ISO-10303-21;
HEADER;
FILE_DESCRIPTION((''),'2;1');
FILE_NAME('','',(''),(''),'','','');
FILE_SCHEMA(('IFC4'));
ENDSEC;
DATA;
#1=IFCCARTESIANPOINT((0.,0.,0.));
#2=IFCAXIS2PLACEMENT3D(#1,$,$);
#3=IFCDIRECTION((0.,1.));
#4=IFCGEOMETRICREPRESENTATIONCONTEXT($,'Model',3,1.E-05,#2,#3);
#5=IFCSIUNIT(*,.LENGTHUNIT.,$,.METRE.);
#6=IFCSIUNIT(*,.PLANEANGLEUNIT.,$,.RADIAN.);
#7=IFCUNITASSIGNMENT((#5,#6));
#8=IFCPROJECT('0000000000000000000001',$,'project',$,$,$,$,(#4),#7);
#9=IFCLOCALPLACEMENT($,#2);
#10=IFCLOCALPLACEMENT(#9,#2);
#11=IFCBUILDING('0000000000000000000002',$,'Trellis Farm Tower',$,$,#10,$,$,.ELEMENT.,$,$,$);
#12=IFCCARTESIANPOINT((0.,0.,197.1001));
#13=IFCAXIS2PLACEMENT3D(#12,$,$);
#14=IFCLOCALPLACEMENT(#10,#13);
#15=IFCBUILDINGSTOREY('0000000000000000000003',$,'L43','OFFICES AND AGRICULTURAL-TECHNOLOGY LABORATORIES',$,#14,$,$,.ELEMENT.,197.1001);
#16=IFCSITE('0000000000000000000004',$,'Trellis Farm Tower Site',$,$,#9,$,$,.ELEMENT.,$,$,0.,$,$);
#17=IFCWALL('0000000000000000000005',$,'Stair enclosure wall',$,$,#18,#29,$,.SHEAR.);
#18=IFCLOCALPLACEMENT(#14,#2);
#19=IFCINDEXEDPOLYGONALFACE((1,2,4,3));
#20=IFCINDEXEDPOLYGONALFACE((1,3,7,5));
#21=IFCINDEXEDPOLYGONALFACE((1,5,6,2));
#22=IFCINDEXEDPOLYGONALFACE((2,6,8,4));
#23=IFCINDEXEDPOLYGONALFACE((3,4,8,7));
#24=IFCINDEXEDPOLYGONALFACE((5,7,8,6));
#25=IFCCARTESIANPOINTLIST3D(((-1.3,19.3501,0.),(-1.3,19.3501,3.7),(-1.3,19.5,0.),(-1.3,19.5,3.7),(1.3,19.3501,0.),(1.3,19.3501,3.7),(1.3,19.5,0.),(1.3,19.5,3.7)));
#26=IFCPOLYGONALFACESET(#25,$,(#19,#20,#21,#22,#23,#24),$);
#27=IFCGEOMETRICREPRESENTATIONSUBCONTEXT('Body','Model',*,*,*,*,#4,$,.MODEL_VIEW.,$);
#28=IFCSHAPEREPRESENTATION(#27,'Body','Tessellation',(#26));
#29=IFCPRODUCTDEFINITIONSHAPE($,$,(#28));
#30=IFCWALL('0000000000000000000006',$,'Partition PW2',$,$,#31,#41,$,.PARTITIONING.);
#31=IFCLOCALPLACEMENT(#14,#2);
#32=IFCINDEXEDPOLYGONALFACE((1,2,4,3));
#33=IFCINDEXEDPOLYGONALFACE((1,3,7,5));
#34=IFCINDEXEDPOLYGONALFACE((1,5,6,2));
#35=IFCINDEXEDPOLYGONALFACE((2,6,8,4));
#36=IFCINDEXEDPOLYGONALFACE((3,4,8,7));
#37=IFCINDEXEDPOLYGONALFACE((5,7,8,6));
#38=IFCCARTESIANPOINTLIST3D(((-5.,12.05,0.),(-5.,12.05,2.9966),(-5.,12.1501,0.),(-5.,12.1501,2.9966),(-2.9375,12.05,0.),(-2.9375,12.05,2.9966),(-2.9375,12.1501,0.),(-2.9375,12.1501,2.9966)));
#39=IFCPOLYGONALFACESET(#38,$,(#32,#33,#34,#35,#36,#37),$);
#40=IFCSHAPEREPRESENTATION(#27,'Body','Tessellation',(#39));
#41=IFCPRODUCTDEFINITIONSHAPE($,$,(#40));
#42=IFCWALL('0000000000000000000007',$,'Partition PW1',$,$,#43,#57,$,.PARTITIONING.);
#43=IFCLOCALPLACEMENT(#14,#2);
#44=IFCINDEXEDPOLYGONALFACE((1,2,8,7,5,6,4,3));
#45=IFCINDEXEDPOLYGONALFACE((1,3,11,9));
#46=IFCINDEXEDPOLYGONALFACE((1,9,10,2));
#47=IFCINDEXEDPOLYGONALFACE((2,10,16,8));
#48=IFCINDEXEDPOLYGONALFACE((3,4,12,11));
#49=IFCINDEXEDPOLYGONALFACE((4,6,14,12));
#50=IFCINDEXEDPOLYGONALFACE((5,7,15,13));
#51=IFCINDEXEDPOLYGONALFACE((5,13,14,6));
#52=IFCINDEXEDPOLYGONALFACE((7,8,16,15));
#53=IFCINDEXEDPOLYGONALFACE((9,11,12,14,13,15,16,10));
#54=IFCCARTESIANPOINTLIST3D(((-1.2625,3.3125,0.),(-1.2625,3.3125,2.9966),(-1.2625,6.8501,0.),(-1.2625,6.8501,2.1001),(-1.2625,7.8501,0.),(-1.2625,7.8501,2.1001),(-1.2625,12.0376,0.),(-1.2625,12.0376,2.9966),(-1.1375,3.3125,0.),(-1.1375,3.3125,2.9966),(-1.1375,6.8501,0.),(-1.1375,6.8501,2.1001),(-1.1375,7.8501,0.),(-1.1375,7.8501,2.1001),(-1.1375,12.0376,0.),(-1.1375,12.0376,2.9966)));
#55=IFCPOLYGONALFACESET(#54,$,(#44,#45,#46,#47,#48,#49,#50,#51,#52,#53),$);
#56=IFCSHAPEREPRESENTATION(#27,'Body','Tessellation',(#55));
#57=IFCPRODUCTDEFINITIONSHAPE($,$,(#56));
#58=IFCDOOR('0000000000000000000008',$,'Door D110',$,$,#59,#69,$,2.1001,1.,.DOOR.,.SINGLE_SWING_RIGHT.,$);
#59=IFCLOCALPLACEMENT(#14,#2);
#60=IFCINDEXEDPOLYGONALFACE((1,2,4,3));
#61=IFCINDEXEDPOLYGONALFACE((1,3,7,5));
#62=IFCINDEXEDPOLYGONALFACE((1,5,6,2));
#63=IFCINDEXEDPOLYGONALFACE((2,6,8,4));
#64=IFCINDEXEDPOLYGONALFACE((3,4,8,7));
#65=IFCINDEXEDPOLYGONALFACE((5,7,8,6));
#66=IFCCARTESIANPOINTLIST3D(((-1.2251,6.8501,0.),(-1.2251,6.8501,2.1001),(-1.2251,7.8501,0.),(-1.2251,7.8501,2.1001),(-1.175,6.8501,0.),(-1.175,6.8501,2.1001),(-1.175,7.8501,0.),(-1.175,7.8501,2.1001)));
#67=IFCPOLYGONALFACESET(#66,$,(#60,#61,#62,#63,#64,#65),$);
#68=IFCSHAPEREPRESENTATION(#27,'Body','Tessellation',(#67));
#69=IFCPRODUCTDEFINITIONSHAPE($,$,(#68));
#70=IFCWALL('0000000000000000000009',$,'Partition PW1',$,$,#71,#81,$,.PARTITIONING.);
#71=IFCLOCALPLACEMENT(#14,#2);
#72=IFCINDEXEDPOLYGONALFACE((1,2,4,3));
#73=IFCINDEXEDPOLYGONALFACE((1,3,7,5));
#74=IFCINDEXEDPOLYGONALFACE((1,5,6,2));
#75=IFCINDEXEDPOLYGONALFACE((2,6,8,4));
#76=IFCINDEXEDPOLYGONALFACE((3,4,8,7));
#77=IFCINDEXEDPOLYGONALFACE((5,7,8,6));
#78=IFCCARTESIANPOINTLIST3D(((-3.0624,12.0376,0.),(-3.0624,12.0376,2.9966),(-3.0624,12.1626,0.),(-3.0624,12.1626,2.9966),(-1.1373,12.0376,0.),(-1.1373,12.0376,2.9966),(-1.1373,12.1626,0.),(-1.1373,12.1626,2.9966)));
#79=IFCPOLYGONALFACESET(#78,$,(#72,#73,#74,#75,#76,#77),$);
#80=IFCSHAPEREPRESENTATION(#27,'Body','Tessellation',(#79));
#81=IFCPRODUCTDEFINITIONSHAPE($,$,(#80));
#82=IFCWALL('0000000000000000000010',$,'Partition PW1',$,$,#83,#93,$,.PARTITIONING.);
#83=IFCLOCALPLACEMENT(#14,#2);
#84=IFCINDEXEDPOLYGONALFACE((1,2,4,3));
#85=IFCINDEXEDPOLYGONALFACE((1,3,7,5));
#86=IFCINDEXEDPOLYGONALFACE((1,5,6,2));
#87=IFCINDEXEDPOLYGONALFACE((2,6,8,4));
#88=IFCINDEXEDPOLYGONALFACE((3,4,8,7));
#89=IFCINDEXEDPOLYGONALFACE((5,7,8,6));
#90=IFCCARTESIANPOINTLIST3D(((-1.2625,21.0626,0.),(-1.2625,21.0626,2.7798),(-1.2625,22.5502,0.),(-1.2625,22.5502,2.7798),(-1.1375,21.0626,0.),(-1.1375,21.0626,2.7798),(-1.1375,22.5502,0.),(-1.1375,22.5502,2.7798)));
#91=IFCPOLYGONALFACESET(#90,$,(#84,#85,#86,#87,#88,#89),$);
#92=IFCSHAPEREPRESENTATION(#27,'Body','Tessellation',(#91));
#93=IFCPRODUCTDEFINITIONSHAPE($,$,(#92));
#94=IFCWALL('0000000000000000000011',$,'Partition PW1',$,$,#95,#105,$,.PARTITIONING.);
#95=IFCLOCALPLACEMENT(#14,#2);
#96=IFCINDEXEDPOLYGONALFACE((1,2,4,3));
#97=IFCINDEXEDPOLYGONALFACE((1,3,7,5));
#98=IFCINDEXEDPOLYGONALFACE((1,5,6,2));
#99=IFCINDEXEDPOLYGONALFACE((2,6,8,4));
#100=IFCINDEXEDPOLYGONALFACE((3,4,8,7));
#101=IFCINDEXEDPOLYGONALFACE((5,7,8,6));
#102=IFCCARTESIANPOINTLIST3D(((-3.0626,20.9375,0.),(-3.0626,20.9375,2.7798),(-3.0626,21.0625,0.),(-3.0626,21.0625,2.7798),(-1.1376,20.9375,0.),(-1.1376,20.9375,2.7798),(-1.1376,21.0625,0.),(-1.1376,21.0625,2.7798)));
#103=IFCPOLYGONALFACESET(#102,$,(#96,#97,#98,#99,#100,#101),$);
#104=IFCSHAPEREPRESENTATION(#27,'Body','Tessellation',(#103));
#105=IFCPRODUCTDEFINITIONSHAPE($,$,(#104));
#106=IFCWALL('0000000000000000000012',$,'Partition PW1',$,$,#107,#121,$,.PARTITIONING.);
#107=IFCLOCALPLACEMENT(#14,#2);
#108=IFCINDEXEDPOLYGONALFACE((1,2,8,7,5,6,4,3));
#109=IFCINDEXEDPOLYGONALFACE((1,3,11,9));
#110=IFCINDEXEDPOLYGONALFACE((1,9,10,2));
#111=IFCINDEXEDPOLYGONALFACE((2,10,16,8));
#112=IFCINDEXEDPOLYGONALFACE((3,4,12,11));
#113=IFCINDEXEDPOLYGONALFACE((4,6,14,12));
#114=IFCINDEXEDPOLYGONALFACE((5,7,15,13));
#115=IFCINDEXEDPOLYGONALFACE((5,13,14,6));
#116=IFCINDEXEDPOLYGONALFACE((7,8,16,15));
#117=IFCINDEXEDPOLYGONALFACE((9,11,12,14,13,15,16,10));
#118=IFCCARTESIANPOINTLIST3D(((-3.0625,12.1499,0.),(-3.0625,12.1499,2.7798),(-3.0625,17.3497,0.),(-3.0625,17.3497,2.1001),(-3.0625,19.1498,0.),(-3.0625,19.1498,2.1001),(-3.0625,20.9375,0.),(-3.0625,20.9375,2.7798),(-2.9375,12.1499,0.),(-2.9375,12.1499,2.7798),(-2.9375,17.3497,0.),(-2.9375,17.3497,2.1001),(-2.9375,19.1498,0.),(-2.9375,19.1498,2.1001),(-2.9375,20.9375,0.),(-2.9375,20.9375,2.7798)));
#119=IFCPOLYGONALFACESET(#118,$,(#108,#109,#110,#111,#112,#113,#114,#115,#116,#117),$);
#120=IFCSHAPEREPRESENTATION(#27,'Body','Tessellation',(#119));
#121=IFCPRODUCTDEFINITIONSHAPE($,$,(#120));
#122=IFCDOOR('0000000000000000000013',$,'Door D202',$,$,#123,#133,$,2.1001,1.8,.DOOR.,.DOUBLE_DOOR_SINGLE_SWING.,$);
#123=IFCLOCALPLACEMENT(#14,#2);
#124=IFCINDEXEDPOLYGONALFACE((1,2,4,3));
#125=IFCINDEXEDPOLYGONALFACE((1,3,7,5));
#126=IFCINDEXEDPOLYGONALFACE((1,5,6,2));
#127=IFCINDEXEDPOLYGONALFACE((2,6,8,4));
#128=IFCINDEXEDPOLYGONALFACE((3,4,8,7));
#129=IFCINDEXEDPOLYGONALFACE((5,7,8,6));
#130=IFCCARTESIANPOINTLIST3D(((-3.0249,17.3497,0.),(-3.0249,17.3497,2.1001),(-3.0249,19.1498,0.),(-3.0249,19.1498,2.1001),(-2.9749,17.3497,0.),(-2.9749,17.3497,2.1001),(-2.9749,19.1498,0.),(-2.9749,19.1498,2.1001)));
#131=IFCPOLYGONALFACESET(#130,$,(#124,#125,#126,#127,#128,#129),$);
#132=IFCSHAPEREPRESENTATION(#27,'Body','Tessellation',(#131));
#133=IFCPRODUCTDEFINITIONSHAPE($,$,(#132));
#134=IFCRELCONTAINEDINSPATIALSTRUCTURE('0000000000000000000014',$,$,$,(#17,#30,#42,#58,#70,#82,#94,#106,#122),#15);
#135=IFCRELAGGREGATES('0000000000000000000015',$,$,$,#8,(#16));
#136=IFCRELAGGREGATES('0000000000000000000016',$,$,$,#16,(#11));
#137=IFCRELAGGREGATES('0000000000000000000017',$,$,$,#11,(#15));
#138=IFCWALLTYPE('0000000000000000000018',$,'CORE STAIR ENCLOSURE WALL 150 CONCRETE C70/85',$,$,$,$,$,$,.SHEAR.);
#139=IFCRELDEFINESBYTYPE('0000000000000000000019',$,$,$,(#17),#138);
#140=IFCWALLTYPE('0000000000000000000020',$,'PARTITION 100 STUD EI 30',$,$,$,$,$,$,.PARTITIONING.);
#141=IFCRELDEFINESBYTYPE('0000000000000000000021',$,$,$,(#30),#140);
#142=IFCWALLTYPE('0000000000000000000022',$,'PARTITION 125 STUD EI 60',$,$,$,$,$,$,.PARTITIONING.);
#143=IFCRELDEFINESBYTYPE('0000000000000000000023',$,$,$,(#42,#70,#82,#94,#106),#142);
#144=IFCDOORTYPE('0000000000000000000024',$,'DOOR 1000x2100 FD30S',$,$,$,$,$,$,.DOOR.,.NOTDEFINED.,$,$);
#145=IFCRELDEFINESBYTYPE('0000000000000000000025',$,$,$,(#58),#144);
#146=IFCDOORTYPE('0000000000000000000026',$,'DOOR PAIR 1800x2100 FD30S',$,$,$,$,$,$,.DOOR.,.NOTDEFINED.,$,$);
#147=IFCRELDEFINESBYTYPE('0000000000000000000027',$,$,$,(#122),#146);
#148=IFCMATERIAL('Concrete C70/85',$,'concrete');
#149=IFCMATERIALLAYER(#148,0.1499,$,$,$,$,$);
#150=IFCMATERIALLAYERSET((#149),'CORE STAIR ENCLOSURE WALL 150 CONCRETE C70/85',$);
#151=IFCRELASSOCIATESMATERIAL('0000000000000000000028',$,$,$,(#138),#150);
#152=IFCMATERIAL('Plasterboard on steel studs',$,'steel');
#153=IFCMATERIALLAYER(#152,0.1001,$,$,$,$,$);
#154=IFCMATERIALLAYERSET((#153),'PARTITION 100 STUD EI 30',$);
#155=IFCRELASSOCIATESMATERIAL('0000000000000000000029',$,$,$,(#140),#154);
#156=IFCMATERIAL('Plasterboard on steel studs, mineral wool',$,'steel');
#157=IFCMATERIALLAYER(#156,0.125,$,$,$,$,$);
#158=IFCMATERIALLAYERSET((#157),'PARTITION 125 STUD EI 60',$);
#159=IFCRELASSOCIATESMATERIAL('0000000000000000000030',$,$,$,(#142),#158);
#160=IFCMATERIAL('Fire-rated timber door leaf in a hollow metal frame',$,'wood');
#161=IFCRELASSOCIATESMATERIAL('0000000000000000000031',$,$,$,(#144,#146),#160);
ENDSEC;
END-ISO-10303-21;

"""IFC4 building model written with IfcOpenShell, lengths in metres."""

from ifc_helpers import new_model, si_unit, direction, frame, frame_2d, origin, place, context, subcontext, project, spatial, rectangle, extrude, source, transform, mapped, material, layer, layer_set, type_object, element, fill, save


model = new_model("IFC4")

# Units and contexts
model_context = context("Model", 3, precision=1e-05, world=origin(), true_north=direction((0.0, 1.0)))
body_context = subcontext(model_context, "Body", "Model", "MODEL_VIEW")
ifc_project = project(units=[si_unit("LENGTHUNIT", "METRE"), si_unit("PLANEANGLEUNIT", "RADIAN")], contexts=[model_context])

# Site, building, storey
site_placement = place(None, origin())
site = spatial("IfcSite", under=ifc_project, at=site_placement, Name="Trellis Farm Tower Site", CompositionType="ELEMENT", RefElevation=0.0)
building_placement = place(site_placement, origin())
building = spatial("IfcBuilding", under=site, at=building_placement, Name="Trellis Farm Tower", CompositionType="ELEMENT")
storey_placement = place(building_placement, frame((0.0, 0.0, 197.1001)))
storey = spatial("IfcBuildingStorey", under=building, at=storey_placement, Name="L43", Description="OFFICES AND AGRICULTURAL-TECHNOLOGY LABORATORIES", CompositionType="ELEMENT", Elevation=197.1001)

# Shared definitions
ifc_material_1 = material(Name="Concrete C70/85", Category="concrete")

# Shared definitions
ifc_layer_1 = layer(ifc_material_1, 0.1499)
ifc_layer_set_1 = layer_set([ifc_layer_1], Name="CORE STAIR ENCLOSURE WALL 150 CONCRETE C70/85")
wall_type_1 = type_object("IfcWallType", Name="CORE STAIR ENCLOSURE WALL 150 CONCRETE C70/85", PredefinedType="SHEAR", material=ifc_layer_set_1)
shared_shape_1 = source(origin(), body_context, "Body", "SweptSolid", [
    extrude(rectangle(XDim=2.6001, YDim=0.1499, at=frame_2d((1.3, 0.0))), origin(), (0.0, 0.0, 1.0), 3.7),
])

# Walls
wall_1_placement = place(storey_placement, frame((-1.3, 19.425, 0.0), z_axis=(0.0, 0.0, 1.0), x_axis=(1.0, 0.0, 0.0)))
element("IfcWall", 1, at=wall_1_placement, inside=storey, type_object=wall_type_1, Name="Stair enclosure wall", PredefinedType="SHEAR", context=body_context, shape_type="MappedRepresentation", body=[
    mapped(shared_shape_1, transform((0.0, 0.0, 0.0))),
])
ifc_material_2 = material(Name="Plasterboard on steel studs", Category="steel")
ifc_layer_2 = layer(ifc_material_2, 0.1001)
ifc_layer_set_2 = layer_set([ifc_layer_2], Name="PARTITION 100 STUD EI 30")
wall_type_2 = type_object("IfcWallType", Name="PARTITION 100 STUD EI 30", PredefinedType="PARTITIONING", material=ifc_layer_set_2)
shared_shape_2 = source(origin(), body_context, "Body", "SweptSolid", [
    extrude(rectangle(XDim=2.0625, YDim=0.1001, at=frame_2d((1.0312, 0.0))), origin(), (0.0, 0.0, 1.0), 2.9966),
])
wall_2_placement = place(storey_placement, frame((-5.0, 12.1001, 0.0), z_axis=(0.0, 0.0, 1.0), x_axis=(1.0, 0.0, 0.0)))
element("IfcWall", 2, at=wall_2_placement, inside=storey, type_object=wall_type_2, Name="Partition PW2", PredefinedType="PARTITIONING", context=body_context, shape_type="MappedRepresentation", body=[
    mapped(shared_shape_2, transform((0.0, 0.0, 0.0))),
])

# Wall, opening, door
ifc_material_3 = material(Name="Plasterboard on steel studs, mineral wool", Category="steel")
ifc_layer_3 = layer(ifc_material_3, 0.125)
ifc_layer_set_3 = layer_set([ifc_layer_3], Name="PARTITION 125 STUD EI 60")
wall_type_3 = type_object("IfcWallType", Name="PARTITION 125 STUD EI 60", PredefinedType="PARTITIONING", material=ifc_layer_set_3)
shared_shape_3 = source(origin(), body_context, "Body", "SweptSolid", [
    extrude(rectangle(XDim=8.7251, YDim=0.125, at=frame_2d((4.3625, 0.0))), origin(), (0.0, 0.0, 1.0), 2.9966),
])
wall_3_placement = place(storey_placement, frame((-1.2, 12.0376, 0.0), z_axis=(0.0, 0.0, 1.0), x_axis=(0.0, -1.0, 0.0)))
wall_3 = element("IfcWall", 3, at=wall_3_placement, inside=storey, type_object=wall_type_3, Name="Partition PW1", PredefinedType="PARTITIONING", context=body_context, shape_type="MappedRepresentation", body=[
    mapped(shared_shape_3, transform((0.0, 0.0, 0.0))),
])
shared_shape_4 = source(origin(), body_context, "Body", "SweptSolid", [
    extrude(rectangle(XDim=1.0, YDim=2.1001, at=frame_2d((0.5, 1.05))), frame((0.0, 0.0725, 0.0), z_axis=(0.0, -1.0, 0.0), x_axis=(1.0, 0.0, 0.0)), (0.0, 0.0, 1.0), 0.145),
])
opening_1_placement = place(wall_3_placement, frame((4.1875, 0.0, 0.0)))
opening_1 = element("IfcOpeningElement", 4, at=opening_1_placement, cuts=wall_3, PredefinedType="OPENING", context=body_context, shape_type="MappedRepresentation", body=[
    mapped(shared_shape_4, transform((0.0, 0.0, 0.0))),
])
ifc_material_4 = material(Name="Fire-rated timber door leaf in a hollow metal frame", Category="wood")
door_type_1 = type_object("IfcDoorType", Name="DOOR 1000x2100 FD30S", OperationType="NOTDEFINED", PredefinedType="DOOR", material=ifc_material_4)
shared_shape_5 = source(origin(), body_context, "Body", "SweptSolid", [
    extrude(rectangle(XDim=1.0, YDim=2.1001, at=frame_2d((0.5, 1.05))), frame((0.0, 0.0249, 0.0), z_axis=(0.0, -1.0, 0.0), x_axis=(1.0, 0.0, 0.0)), (0.0, 0.0, 1.0), 0.05),
])
door_1_placement = place(opening_1_placement, origin())
door_1 = element("IfcDoor", 5, at=door_1_placement, inside=storey, type_object=door_type_1, Name="Door D110", OperationType="SINGLE_SWING_RIGHT", OverallHeight=2.1001, OverallWidth=1.0, PredefinedType="DOOR", context=body_context, shape_type="MappedRepresentation", body=[
    mapped(shared_shape_5, transform((0.0, 0.0, 0.0))),
])
fill(opening_1, door_1)

# Walls
shared_shape_6 = source(origin(), body_context, "Body", "SweptSolid", [
    extrude(rectangle(XDim=1.925, YDim=0.125, at=frame_2d((0.9624, 0.0))), origin(), (0.0, 0.0, 1.0), 2.9966),
])
wall_4_placement = place(storey_placement, frame((-1.1375, 12.1001, 0.0), z_axis=(0.0, 0.0, 1.0), x_axis=(-1.0, 0.0, 0.0)))
element("IfcWall", 6, at=wall_4_placement, inside=storey, type_object=wall_type_3, Name="Partition PW1", PredefinedType="PARTITIONING", context=body_context, shape_type="MappedRepresentation", body=[
    mapped(shared_shape_6, transform((0.0, 0.0, 0.0))),
])
shared_shape_7 = source(origin(), body_context, "Body", "SweptSolid", [
    extrude(rectangle(XDim=1.4875, YDim=0.125, at=frame_2d((0.7437, 0.0))), origin(), (0.0, 0.0, 1.0), 2.7798),
])
wall_5_placement = place(storey_placement, frame((-1.2, 22.55, 0.0), z_axis=(0.0, 0.0, 1.0), x_axis=(0.0, -1.0, 0.0)))
element("IfcWall", 7, at=wall_5_placement, inside=storey, type_object=wall_type_3, Name="Partition PW1", PredefinedType="PARTITIONING", context=body_context, shape_type="MappedRepresentation", body=[
    mapped(shared_shape_7, transform((0.0, 0.0, 0.0))),
])
shared_shape_8 = source(origin(), body_context, "Body", "SweptSolid", [
    extrude(rectangle(XDim=1.925, YDim=0.125, at=frame_2d((0.9624, 0.0))), origin(), (0.0, 0.0, 1.0), 2.7798),
])
wall_6_placement = place(storey_placement, frame((-3.0625, 21.0, 0.0), z_axis=(0.0, 0.0, 1.0), x_axis=(1.0, 0.0, 0.0)))
element("IfcWall", 8, at=wall_6_placement, inside=storey, type_object=wall_type_3, Name="Partition PW1", PredefinedType="PARTITIONING", context=body_context, shape_type="MappedRepresentation", body=[
    mapped(shared_shape_8, transform((0.0, 0.0, 0.0))),
])

# Wall, opening, door
shared_shape_9 = source(origin(), body_context, "Body", "SweptSolid", [
    extrude(rectangle(XDim=8.7876, YDim=0.125, at=frame_2d((4.3938, 0.0))), origin(), (0.0, 0.0, 1.0), 2.7798),
])
wall_7_placement = place(storey_placement, frame((-3.0, 12.1499, 0.0), z_axis=(0.0, 0.0, 1.0), x_axis=(0.0, 1.0, 0.0)))
wall_7 = element("IfcWall", 9, at=wall_7_placement, inside=storey, type_object=wall_type_3, Name="Partition PW1", PredefinedType="PARTITIONING", context=body_context, shape_type="MappedRepresentation", body=[
    mapped(shared_shape_9, transform((0.0, 0.0, 0.0))),
])
shared_shape_10 = source(origin(), body_context, "Body", "SweptSolid", [
    extrude(rectangle(XDim=1.8, YDim=2.1001, at=frame_2d((0.8999, 1.05))), frame((0.0, 0.0725, 0.0), z_axis=(0.0, -1.0, 0.0), x_axis=(1.0, 0.0, 0.0)), (0.0, 0.0, 1.0), 0.145),
])
opening_2_placement = place(wall_7_placement, frame((5.2, 0.0, 0.0)))
opening_2 = element("IfcOpeningElement", 10, at=opening_2_placement, cuts=wall_7, PredefinedType="OPENING", context=body_context, shape_type="MappedRepresentation", body=[
    mapped(shared_shape_10, transform((0.0, 0.0, 0.0))),
])
door_type_2 = type_object("IfcDoorType", Name="DOOR PAIR 1800x2100 FD30S", OperationType="NOTDEFINED", PredefinedType="DOOR", material=ifc_material_4)
shared_shape_11 = source(origin(), body_context, "Body", "SweptSolid", [
    extrude(rectangle(XDim=1.8, YDim=2.1001, at=frame_2d((0.8999, 1.05))), frame((0.0, 0.0249, 0.0), z_axis=(0.0, -1.0, 0.0), x_axis=(1.0, 0.0, 0.0)), (0.0, 0.0, 1.0), 0.05),
])
door_2_placement = place(opening_2_placement, origin())
door_2 = element("IfcDoor", 11, at=door_2_placement, inside=storey, type_object=door_type_2, Name="Door D202", OperationType="DOUBLE_DOOR_SINGLE_SWING", OverallHeight=2.1001, OverallWidth=1.8, PredefinedType="DOOR", context=body_context, shape_type="MappedRepresentation", body=[
    mapped(shared_shape_11, transform((0.0, 0.0, 0.0))),
])
fill(opening_2, door_2)

save(model, "model.ifc")
